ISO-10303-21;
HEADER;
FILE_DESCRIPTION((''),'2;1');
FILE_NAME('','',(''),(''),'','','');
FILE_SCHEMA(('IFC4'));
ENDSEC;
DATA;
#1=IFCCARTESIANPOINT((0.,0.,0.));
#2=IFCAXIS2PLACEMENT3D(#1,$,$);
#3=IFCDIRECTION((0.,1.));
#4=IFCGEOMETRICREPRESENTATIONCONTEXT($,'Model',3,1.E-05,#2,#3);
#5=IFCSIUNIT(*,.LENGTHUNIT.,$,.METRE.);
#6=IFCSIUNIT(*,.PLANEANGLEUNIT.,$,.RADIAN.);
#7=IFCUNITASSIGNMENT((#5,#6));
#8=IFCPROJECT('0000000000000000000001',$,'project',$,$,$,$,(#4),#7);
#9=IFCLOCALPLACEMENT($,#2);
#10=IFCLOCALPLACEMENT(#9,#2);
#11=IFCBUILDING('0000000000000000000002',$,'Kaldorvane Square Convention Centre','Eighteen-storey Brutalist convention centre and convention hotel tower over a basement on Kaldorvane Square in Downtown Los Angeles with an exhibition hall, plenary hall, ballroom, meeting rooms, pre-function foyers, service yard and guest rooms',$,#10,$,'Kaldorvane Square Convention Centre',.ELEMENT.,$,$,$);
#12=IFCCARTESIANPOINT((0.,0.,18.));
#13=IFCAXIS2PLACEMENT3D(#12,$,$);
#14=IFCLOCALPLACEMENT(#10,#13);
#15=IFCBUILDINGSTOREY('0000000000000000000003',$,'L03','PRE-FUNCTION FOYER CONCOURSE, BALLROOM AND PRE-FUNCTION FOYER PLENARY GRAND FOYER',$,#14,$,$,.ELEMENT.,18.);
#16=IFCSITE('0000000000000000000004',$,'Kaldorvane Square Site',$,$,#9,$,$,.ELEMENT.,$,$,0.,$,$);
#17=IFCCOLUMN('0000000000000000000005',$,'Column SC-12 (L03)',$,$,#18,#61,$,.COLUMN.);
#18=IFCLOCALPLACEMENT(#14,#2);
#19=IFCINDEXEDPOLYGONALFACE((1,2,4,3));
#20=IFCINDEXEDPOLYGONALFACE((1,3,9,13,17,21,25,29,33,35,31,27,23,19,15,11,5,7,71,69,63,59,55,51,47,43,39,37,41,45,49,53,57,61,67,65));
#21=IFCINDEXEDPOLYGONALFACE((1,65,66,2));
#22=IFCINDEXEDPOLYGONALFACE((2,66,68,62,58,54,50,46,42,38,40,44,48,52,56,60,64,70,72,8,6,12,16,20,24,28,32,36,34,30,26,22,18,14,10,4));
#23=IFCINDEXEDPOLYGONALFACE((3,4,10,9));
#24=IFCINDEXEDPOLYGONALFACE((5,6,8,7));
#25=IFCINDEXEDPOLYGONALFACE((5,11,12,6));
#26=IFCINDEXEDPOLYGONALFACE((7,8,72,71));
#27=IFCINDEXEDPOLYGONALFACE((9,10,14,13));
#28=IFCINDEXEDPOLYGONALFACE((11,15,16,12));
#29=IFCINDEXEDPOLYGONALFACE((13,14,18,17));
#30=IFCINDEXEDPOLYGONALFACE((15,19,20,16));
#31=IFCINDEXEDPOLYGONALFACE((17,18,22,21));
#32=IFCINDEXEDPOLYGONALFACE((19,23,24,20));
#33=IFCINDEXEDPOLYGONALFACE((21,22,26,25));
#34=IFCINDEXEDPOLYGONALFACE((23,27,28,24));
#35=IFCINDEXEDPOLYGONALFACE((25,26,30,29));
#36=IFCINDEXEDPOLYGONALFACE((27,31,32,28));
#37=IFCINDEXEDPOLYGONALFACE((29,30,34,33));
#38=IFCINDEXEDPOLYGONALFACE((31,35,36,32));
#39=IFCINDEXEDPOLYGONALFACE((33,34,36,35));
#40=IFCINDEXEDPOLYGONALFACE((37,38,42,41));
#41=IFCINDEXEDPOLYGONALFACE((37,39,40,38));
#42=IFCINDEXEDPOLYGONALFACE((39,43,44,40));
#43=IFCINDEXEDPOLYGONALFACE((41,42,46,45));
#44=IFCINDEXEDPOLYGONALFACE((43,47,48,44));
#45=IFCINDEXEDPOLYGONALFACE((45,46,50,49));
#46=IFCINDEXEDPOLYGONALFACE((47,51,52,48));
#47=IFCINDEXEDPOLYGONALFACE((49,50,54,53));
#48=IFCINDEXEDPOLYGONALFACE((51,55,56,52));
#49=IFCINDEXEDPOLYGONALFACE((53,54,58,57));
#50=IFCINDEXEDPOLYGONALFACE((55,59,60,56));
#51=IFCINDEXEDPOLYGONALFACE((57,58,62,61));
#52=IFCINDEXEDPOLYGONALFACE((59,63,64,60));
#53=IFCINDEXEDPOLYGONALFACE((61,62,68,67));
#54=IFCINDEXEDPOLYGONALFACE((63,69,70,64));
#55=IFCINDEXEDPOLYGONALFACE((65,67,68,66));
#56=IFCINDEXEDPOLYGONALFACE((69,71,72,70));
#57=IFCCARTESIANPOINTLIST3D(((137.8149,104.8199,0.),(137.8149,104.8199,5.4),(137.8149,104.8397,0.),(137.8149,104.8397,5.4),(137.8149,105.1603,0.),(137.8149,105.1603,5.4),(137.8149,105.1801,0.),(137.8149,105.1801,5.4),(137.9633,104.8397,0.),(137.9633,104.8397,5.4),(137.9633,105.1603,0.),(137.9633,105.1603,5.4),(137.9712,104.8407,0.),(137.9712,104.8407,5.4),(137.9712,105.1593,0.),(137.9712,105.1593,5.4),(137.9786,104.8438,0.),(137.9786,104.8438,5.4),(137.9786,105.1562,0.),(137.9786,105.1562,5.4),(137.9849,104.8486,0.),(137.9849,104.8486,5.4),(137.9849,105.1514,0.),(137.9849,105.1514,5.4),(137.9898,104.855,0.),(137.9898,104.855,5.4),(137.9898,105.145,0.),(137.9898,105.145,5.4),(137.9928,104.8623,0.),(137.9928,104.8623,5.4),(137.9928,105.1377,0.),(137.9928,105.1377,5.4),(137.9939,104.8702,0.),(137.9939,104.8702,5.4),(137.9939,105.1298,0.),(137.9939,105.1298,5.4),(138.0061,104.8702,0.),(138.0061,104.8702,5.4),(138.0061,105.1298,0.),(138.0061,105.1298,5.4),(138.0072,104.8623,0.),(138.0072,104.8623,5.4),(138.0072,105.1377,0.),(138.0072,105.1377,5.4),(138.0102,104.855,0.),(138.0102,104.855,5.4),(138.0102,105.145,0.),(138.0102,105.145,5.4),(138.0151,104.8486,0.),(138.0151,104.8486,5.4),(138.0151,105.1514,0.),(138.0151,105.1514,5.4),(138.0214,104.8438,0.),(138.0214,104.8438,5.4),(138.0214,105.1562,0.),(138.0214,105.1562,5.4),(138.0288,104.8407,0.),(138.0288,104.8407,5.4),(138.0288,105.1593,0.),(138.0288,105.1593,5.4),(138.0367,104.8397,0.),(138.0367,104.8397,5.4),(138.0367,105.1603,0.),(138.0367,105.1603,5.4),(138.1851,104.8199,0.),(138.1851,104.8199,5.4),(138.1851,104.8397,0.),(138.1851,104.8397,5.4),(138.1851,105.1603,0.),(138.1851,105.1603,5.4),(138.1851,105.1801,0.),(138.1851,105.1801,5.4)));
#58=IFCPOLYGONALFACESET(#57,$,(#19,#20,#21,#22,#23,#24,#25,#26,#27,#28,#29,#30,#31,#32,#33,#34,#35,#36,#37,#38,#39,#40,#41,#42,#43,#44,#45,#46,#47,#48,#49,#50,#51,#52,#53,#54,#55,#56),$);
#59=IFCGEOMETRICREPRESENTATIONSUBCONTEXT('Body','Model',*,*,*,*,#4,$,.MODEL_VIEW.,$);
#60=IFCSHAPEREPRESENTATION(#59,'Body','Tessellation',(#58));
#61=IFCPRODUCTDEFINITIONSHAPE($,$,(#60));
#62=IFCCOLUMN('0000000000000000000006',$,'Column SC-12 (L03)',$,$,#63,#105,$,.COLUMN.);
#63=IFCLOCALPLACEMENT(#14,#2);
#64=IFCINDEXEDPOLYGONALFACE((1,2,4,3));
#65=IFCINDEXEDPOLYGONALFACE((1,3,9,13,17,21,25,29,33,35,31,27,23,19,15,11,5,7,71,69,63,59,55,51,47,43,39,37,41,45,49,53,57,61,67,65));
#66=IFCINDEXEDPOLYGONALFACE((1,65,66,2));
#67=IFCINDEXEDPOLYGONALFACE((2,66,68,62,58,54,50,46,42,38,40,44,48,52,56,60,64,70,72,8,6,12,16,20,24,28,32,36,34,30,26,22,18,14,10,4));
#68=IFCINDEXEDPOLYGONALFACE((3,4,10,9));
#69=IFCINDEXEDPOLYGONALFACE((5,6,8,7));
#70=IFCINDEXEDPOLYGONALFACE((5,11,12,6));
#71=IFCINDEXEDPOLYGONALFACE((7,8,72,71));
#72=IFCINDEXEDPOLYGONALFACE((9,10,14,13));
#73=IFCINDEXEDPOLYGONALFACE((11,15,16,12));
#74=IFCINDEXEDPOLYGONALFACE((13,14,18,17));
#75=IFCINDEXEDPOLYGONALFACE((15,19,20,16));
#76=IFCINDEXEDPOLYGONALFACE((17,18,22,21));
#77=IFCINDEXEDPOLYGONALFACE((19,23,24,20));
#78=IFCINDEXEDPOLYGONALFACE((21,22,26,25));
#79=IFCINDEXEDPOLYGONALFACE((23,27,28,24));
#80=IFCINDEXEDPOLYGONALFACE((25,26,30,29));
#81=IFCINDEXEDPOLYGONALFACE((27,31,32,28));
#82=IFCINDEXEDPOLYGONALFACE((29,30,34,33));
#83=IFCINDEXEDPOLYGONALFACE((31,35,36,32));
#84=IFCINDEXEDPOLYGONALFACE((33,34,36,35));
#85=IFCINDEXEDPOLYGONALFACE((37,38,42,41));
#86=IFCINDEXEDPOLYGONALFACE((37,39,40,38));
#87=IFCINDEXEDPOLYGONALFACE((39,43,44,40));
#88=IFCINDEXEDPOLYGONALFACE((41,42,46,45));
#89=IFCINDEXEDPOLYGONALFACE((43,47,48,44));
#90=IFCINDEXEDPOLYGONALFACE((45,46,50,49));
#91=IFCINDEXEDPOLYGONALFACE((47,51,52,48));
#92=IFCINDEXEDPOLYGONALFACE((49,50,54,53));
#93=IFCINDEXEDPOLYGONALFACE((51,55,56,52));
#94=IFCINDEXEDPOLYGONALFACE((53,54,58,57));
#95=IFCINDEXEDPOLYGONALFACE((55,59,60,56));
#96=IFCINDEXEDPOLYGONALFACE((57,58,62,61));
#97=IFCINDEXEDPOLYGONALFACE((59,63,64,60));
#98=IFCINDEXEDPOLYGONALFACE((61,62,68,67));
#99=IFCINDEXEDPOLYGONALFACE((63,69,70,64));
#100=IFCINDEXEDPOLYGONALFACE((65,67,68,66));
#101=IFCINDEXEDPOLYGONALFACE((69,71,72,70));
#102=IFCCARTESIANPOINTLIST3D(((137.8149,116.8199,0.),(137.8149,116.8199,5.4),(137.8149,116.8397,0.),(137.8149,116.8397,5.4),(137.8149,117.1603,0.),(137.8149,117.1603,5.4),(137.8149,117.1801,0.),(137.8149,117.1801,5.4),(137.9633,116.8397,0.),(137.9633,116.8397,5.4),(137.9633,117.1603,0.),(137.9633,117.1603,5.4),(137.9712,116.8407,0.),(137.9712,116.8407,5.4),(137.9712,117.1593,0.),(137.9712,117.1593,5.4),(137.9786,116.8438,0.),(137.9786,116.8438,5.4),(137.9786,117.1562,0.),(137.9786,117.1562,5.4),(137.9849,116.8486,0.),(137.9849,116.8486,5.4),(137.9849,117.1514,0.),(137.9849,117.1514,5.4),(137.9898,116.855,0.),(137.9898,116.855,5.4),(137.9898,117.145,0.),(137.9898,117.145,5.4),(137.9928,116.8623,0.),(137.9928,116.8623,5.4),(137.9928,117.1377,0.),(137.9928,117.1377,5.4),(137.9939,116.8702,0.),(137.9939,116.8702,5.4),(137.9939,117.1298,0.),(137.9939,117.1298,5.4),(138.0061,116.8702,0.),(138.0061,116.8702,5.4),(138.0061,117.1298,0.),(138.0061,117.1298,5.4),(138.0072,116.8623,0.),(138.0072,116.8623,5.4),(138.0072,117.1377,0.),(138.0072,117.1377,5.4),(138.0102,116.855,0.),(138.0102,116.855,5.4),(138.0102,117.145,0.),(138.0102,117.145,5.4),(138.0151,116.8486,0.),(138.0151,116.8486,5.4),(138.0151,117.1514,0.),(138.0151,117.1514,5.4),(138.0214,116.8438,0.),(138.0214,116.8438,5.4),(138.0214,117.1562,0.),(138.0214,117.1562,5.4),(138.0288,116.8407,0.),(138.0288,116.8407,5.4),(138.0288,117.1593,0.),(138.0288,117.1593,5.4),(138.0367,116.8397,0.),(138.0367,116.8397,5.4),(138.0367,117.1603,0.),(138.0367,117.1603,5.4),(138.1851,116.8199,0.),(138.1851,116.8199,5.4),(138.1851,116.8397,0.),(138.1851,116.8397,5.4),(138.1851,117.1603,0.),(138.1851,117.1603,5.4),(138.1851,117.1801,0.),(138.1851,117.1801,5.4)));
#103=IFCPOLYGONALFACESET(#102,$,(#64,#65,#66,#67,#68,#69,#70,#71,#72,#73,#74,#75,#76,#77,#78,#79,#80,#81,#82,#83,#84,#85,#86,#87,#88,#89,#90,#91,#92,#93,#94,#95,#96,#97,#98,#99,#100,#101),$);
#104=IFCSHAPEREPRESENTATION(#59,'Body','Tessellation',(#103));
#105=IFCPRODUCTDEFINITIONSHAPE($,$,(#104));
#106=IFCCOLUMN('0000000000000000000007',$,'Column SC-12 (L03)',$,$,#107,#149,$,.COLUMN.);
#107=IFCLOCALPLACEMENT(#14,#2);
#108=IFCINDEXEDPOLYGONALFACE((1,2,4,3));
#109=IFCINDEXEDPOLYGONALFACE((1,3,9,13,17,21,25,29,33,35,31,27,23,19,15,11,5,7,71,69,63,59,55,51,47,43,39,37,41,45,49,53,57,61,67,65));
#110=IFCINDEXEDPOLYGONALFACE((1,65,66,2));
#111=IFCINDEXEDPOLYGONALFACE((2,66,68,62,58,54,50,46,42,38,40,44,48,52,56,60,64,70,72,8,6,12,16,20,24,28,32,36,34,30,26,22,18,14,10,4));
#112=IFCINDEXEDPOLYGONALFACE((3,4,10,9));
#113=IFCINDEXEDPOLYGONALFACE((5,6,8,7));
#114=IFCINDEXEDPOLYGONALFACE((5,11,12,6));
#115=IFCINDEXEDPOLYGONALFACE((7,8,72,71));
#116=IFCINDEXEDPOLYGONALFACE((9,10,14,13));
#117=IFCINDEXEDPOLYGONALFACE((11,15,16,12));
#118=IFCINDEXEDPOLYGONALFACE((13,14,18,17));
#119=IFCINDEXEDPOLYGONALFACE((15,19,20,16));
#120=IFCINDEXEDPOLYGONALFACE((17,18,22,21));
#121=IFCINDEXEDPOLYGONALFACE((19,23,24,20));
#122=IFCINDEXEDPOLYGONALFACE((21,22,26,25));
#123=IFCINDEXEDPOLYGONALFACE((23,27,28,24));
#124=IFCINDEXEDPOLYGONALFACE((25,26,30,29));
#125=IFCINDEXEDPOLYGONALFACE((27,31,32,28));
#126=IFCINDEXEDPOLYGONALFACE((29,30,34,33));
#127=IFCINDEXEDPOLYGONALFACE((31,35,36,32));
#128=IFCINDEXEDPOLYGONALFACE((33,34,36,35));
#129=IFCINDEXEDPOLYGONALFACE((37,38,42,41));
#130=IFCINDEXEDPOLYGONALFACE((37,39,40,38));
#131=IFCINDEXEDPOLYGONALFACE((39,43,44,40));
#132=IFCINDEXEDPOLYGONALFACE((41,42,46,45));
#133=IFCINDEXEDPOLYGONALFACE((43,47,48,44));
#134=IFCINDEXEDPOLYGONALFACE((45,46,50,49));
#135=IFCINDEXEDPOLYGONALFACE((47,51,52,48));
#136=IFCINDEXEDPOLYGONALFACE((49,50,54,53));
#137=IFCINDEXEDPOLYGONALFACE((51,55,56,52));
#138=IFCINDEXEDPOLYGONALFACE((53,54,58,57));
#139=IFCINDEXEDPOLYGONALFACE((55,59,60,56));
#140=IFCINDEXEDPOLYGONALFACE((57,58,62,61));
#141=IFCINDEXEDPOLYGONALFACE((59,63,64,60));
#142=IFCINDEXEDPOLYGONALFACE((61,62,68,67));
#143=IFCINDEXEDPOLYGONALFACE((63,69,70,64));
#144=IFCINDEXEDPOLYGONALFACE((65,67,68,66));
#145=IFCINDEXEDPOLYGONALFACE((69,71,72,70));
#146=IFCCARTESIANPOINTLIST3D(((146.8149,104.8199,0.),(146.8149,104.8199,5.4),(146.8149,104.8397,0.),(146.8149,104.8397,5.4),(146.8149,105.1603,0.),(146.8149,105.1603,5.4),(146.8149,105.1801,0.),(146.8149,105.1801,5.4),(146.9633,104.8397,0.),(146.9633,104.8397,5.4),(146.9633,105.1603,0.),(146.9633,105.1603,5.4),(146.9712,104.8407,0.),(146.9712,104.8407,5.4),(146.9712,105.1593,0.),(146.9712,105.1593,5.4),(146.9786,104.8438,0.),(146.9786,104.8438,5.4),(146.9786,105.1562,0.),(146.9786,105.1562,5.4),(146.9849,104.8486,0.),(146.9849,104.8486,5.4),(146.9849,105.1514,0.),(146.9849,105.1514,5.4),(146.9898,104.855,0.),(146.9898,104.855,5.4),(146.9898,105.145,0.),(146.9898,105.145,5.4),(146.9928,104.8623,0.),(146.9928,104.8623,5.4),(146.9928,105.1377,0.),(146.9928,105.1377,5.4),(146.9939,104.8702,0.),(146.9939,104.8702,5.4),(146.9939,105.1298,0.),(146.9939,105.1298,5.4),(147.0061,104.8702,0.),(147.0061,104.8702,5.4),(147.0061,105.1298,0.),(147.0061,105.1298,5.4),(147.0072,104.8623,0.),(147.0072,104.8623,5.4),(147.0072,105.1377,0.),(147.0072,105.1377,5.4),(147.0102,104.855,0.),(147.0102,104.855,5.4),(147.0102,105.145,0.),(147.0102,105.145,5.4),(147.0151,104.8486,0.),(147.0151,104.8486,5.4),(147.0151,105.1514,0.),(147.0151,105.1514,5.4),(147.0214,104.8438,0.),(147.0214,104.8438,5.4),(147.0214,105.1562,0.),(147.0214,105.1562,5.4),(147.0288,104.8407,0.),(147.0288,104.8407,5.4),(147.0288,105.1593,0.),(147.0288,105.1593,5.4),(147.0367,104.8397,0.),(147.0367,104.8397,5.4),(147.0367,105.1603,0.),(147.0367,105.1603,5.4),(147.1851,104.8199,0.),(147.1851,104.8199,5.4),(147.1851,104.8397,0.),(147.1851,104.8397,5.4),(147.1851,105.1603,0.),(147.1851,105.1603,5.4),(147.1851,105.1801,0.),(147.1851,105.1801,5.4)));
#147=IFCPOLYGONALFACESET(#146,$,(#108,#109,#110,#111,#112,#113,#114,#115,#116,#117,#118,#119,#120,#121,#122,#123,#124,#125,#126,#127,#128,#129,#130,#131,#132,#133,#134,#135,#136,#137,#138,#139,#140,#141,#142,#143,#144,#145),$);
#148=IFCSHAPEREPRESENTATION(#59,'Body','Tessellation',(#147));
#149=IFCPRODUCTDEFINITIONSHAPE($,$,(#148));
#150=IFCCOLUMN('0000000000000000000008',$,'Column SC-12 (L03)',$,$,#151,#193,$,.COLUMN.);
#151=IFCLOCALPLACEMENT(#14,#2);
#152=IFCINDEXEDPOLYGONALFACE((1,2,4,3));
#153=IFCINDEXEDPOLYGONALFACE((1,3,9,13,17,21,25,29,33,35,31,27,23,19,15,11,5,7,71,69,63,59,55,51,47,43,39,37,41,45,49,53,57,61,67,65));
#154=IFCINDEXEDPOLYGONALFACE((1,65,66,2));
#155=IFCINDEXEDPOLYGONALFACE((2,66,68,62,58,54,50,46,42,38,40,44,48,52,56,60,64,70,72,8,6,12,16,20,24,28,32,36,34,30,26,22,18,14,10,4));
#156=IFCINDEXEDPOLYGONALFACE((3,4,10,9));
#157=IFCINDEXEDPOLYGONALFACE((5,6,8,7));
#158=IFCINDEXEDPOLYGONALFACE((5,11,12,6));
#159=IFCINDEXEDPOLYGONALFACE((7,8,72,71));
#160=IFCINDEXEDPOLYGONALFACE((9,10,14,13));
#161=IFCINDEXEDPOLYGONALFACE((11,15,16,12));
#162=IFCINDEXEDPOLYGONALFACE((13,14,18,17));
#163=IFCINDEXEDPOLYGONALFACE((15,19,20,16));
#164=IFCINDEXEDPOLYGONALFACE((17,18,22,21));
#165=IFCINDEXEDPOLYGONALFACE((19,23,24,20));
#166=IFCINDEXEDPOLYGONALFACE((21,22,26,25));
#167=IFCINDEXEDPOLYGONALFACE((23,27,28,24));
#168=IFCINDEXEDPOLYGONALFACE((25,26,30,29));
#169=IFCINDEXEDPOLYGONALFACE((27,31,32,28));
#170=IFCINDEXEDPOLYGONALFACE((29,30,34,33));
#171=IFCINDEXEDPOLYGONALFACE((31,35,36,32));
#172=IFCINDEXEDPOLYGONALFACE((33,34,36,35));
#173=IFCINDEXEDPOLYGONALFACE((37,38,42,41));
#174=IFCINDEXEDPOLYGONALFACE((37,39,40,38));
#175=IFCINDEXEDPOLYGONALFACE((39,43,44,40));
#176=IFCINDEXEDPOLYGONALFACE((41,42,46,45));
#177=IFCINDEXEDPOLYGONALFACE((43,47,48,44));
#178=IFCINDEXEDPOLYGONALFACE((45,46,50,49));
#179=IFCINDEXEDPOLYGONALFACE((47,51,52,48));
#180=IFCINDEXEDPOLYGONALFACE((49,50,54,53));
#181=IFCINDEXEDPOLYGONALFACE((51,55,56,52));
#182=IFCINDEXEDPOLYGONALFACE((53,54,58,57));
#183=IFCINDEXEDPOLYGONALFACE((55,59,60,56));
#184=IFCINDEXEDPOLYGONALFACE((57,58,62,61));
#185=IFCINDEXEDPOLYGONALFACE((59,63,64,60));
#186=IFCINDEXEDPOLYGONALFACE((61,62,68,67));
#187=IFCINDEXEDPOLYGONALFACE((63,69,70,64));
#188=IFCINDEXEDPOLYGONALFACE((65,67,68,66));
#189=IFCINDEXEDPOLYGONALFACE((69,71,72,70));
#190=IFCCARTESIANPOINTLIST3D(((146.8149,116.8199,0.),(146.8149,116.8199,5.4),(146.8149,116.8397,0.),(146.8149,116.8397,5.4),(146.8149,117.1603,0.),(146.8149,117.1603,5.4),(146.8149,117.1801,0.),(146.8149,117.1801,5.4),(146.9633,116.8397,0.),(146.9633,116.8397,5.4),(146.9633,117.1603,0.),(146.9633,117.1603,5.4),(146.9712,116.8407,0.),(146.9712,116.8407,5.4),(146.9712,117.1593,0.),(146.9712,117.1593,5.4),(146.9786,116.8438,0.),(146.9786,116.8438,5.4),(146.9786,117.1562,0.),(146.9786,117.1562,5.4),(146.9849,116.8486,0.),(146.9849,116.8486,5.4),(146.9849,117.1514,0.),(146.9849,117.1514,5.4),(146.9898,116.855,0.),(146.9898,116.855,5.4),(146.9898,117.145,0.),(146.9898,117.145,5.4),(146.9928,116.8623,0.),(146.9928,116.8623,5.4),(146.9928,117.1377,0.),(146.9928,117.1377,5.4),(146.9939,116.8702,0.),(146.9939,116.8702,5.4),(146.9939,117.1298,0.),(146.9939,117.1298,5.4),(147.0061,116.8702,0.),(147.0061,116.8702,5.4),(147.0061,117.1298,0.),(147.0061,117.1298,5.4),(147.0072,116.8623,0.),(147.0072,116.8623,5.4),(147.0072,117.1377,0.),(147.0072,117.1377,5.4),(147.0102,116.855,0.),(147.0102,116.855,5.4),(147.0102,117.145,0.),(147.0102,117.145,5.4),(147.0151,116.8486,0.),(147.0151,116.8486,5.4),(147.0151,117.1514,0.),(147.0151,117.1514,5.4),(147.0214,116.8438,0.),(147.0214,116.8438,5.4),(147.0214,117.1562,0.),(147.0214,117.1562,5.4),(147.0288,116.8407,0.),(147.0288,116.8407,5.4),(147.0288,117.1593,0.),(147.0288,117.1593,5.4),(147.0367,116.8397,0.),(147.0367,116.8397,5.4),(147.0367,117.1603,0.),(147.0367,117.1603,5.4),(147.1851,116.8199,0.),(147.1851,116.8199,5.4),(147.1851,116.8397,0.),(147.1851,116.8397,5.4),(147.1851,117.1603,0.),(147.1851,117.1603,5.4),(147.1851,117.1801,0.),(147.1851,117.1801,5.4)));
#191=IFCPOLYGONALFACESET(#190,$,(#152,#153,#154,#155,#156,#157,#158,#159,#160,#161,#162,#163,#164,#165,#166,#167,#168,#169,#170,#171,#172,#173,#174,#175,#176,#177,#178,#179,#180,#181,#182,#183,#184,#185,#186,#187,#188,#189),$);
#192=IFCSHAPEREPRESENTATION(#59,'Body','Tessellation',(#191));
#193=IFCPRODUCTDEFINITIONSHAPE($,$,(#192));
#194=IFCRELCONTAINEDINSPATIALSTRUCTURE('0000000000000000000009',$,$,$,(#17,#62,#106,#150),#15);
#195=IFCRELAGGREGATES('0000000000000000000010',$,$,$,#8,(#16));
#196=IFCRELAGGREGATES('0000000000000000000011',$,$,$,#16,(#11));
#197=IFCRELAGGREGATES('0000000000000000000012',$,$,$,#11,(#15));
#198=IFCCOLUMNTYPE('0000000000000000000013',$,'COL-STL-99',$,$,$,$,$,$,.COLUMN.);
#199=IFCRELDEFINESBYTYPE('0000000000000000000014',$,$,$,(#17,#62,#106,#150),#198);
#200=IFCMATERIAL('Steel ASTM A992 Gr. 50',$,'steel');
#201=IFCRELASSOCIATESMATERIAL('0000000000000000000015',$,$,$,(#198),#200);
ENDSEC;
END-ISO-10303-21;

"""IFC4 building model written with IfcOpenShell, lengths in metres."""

from ifc_helpers import new_model, si_unit, direction, frame, origin, origin_2d, place, context, subcontext, project, spatial, i_section, extrude, material, material_profile, profile_set, type_object, element, save


model = new_model("IFC4")

# Units and contexts
model_context = context("Model", 3, precision=1e-05, world=origin(), true_north=direction((0.0, 1.0)))
body_context = subcontext(model_context, "Body", "Model", "MODEL_VIEW")
ifc_project = project(units=[si_unit("LENGTHUNIT", "METRE"), si_unit("PLANEANGLEUNIT", "RADIAN")], contexts=[model_context])

# Site, building, storey
site_placement = place(None, origin())
site = spatial("IfcSite", under=ifc_project, at=site_placement, Name="Kaldorvane Square Site", CompositionType="ELEMENT", RefElevation=0.0)
building_placement = place(site_placement, origin())
building = spatial("IfcBuilding", under=site, at=building_placement, Name="Kaldorvane Square Convention Centre", Description="Eighteen-storey Brutalist convention centre and convention hotel tower over a basement on Kaldorvane Square in Downtown Los Angeles with an exhibition hall, plenary hall, ballroom, meeting rooms, pre-function foyers, service yard and guest rooms", LongName="Kaldorvane Square Convention Centre", CompositionType="ELEMENT")
storey_placement = place(building_placement, frame((0.0, 0.0, 18.0)))
storey = spatial("IfcBuildingStorey", under=building, at=storey_placement, Name="L03", Description="PRE-FUNCTION FOYER CONCOURSE, BALLROOM AND PRE-FUNCTION FOYER PLENARY GRAND FOYER", CompositionType="ELEMENT", Elevation=18.0)

# Columns
ifc_material_1 = material(Name="Steel ASTM A992 Gr. 50", Category="steel")
ifc_material_profile_1 = material_profile(ifc_material_1, i_section(OverallWidth=0.3701, OverallDepth=0.3602, WebThickness=0.0123, FlangeThickness=0.0198, FilletRadius=0.0305, at=origin_2d()), Name="W14X99")
ifc_profile_set_1 = profile_set([ifc_material_profile_1], Name="Steel ASTM A992 Gr. 50")
column_type = type_object("IfcColumnType", Name="COL-STL-99", PredefinedType="COLUMN", material=ifc_profile_set_1)
for number, where, z_axis, x_axis, name in (
    (1, (138.0, 105.0, 0.0), (0.0, 0.0, 1.0), (1.0, 0.0, 0.0), "Column SC-12 (L03)"),
    (2, (138.0, 117.0, 0.0), (0.0, 0.0, 1.0), (1.0, 0.0, 0.0), "Column SC-12 (L03)"),
    (3, (147.0, 105.0, 0.0), (0.0, 0.0, 1.0), (1.0, 0.0, 0.0), "Column SC-12 (L03)"),
    (4, (147.0, 117.0, 0.0), (0.0, 0.0, 1.0), (1.0, 0.0, 0.0), "Column SC-12 (L03)"),
):
    element("IfcColumn", number, at=place(storey_placement, frame(where, z_axis=z_axis, x_axis=x_axis)), inside=storey, type_object=column_type, Name=name, PredefinedType="COLUMN", context=body_context, shape_type="SweptSolid", body=[
        extrude(i_section(OverallWidth=0.3701, OverallDepth=0.3602, WebThickness=0.0123, FlangeThickness=0.0198, FilletRadius=0.0305, at=origin_2d()), origin(), (0.0, 0.0, 1.0), 5.4),
    ])

save(model, "model.ifc")
